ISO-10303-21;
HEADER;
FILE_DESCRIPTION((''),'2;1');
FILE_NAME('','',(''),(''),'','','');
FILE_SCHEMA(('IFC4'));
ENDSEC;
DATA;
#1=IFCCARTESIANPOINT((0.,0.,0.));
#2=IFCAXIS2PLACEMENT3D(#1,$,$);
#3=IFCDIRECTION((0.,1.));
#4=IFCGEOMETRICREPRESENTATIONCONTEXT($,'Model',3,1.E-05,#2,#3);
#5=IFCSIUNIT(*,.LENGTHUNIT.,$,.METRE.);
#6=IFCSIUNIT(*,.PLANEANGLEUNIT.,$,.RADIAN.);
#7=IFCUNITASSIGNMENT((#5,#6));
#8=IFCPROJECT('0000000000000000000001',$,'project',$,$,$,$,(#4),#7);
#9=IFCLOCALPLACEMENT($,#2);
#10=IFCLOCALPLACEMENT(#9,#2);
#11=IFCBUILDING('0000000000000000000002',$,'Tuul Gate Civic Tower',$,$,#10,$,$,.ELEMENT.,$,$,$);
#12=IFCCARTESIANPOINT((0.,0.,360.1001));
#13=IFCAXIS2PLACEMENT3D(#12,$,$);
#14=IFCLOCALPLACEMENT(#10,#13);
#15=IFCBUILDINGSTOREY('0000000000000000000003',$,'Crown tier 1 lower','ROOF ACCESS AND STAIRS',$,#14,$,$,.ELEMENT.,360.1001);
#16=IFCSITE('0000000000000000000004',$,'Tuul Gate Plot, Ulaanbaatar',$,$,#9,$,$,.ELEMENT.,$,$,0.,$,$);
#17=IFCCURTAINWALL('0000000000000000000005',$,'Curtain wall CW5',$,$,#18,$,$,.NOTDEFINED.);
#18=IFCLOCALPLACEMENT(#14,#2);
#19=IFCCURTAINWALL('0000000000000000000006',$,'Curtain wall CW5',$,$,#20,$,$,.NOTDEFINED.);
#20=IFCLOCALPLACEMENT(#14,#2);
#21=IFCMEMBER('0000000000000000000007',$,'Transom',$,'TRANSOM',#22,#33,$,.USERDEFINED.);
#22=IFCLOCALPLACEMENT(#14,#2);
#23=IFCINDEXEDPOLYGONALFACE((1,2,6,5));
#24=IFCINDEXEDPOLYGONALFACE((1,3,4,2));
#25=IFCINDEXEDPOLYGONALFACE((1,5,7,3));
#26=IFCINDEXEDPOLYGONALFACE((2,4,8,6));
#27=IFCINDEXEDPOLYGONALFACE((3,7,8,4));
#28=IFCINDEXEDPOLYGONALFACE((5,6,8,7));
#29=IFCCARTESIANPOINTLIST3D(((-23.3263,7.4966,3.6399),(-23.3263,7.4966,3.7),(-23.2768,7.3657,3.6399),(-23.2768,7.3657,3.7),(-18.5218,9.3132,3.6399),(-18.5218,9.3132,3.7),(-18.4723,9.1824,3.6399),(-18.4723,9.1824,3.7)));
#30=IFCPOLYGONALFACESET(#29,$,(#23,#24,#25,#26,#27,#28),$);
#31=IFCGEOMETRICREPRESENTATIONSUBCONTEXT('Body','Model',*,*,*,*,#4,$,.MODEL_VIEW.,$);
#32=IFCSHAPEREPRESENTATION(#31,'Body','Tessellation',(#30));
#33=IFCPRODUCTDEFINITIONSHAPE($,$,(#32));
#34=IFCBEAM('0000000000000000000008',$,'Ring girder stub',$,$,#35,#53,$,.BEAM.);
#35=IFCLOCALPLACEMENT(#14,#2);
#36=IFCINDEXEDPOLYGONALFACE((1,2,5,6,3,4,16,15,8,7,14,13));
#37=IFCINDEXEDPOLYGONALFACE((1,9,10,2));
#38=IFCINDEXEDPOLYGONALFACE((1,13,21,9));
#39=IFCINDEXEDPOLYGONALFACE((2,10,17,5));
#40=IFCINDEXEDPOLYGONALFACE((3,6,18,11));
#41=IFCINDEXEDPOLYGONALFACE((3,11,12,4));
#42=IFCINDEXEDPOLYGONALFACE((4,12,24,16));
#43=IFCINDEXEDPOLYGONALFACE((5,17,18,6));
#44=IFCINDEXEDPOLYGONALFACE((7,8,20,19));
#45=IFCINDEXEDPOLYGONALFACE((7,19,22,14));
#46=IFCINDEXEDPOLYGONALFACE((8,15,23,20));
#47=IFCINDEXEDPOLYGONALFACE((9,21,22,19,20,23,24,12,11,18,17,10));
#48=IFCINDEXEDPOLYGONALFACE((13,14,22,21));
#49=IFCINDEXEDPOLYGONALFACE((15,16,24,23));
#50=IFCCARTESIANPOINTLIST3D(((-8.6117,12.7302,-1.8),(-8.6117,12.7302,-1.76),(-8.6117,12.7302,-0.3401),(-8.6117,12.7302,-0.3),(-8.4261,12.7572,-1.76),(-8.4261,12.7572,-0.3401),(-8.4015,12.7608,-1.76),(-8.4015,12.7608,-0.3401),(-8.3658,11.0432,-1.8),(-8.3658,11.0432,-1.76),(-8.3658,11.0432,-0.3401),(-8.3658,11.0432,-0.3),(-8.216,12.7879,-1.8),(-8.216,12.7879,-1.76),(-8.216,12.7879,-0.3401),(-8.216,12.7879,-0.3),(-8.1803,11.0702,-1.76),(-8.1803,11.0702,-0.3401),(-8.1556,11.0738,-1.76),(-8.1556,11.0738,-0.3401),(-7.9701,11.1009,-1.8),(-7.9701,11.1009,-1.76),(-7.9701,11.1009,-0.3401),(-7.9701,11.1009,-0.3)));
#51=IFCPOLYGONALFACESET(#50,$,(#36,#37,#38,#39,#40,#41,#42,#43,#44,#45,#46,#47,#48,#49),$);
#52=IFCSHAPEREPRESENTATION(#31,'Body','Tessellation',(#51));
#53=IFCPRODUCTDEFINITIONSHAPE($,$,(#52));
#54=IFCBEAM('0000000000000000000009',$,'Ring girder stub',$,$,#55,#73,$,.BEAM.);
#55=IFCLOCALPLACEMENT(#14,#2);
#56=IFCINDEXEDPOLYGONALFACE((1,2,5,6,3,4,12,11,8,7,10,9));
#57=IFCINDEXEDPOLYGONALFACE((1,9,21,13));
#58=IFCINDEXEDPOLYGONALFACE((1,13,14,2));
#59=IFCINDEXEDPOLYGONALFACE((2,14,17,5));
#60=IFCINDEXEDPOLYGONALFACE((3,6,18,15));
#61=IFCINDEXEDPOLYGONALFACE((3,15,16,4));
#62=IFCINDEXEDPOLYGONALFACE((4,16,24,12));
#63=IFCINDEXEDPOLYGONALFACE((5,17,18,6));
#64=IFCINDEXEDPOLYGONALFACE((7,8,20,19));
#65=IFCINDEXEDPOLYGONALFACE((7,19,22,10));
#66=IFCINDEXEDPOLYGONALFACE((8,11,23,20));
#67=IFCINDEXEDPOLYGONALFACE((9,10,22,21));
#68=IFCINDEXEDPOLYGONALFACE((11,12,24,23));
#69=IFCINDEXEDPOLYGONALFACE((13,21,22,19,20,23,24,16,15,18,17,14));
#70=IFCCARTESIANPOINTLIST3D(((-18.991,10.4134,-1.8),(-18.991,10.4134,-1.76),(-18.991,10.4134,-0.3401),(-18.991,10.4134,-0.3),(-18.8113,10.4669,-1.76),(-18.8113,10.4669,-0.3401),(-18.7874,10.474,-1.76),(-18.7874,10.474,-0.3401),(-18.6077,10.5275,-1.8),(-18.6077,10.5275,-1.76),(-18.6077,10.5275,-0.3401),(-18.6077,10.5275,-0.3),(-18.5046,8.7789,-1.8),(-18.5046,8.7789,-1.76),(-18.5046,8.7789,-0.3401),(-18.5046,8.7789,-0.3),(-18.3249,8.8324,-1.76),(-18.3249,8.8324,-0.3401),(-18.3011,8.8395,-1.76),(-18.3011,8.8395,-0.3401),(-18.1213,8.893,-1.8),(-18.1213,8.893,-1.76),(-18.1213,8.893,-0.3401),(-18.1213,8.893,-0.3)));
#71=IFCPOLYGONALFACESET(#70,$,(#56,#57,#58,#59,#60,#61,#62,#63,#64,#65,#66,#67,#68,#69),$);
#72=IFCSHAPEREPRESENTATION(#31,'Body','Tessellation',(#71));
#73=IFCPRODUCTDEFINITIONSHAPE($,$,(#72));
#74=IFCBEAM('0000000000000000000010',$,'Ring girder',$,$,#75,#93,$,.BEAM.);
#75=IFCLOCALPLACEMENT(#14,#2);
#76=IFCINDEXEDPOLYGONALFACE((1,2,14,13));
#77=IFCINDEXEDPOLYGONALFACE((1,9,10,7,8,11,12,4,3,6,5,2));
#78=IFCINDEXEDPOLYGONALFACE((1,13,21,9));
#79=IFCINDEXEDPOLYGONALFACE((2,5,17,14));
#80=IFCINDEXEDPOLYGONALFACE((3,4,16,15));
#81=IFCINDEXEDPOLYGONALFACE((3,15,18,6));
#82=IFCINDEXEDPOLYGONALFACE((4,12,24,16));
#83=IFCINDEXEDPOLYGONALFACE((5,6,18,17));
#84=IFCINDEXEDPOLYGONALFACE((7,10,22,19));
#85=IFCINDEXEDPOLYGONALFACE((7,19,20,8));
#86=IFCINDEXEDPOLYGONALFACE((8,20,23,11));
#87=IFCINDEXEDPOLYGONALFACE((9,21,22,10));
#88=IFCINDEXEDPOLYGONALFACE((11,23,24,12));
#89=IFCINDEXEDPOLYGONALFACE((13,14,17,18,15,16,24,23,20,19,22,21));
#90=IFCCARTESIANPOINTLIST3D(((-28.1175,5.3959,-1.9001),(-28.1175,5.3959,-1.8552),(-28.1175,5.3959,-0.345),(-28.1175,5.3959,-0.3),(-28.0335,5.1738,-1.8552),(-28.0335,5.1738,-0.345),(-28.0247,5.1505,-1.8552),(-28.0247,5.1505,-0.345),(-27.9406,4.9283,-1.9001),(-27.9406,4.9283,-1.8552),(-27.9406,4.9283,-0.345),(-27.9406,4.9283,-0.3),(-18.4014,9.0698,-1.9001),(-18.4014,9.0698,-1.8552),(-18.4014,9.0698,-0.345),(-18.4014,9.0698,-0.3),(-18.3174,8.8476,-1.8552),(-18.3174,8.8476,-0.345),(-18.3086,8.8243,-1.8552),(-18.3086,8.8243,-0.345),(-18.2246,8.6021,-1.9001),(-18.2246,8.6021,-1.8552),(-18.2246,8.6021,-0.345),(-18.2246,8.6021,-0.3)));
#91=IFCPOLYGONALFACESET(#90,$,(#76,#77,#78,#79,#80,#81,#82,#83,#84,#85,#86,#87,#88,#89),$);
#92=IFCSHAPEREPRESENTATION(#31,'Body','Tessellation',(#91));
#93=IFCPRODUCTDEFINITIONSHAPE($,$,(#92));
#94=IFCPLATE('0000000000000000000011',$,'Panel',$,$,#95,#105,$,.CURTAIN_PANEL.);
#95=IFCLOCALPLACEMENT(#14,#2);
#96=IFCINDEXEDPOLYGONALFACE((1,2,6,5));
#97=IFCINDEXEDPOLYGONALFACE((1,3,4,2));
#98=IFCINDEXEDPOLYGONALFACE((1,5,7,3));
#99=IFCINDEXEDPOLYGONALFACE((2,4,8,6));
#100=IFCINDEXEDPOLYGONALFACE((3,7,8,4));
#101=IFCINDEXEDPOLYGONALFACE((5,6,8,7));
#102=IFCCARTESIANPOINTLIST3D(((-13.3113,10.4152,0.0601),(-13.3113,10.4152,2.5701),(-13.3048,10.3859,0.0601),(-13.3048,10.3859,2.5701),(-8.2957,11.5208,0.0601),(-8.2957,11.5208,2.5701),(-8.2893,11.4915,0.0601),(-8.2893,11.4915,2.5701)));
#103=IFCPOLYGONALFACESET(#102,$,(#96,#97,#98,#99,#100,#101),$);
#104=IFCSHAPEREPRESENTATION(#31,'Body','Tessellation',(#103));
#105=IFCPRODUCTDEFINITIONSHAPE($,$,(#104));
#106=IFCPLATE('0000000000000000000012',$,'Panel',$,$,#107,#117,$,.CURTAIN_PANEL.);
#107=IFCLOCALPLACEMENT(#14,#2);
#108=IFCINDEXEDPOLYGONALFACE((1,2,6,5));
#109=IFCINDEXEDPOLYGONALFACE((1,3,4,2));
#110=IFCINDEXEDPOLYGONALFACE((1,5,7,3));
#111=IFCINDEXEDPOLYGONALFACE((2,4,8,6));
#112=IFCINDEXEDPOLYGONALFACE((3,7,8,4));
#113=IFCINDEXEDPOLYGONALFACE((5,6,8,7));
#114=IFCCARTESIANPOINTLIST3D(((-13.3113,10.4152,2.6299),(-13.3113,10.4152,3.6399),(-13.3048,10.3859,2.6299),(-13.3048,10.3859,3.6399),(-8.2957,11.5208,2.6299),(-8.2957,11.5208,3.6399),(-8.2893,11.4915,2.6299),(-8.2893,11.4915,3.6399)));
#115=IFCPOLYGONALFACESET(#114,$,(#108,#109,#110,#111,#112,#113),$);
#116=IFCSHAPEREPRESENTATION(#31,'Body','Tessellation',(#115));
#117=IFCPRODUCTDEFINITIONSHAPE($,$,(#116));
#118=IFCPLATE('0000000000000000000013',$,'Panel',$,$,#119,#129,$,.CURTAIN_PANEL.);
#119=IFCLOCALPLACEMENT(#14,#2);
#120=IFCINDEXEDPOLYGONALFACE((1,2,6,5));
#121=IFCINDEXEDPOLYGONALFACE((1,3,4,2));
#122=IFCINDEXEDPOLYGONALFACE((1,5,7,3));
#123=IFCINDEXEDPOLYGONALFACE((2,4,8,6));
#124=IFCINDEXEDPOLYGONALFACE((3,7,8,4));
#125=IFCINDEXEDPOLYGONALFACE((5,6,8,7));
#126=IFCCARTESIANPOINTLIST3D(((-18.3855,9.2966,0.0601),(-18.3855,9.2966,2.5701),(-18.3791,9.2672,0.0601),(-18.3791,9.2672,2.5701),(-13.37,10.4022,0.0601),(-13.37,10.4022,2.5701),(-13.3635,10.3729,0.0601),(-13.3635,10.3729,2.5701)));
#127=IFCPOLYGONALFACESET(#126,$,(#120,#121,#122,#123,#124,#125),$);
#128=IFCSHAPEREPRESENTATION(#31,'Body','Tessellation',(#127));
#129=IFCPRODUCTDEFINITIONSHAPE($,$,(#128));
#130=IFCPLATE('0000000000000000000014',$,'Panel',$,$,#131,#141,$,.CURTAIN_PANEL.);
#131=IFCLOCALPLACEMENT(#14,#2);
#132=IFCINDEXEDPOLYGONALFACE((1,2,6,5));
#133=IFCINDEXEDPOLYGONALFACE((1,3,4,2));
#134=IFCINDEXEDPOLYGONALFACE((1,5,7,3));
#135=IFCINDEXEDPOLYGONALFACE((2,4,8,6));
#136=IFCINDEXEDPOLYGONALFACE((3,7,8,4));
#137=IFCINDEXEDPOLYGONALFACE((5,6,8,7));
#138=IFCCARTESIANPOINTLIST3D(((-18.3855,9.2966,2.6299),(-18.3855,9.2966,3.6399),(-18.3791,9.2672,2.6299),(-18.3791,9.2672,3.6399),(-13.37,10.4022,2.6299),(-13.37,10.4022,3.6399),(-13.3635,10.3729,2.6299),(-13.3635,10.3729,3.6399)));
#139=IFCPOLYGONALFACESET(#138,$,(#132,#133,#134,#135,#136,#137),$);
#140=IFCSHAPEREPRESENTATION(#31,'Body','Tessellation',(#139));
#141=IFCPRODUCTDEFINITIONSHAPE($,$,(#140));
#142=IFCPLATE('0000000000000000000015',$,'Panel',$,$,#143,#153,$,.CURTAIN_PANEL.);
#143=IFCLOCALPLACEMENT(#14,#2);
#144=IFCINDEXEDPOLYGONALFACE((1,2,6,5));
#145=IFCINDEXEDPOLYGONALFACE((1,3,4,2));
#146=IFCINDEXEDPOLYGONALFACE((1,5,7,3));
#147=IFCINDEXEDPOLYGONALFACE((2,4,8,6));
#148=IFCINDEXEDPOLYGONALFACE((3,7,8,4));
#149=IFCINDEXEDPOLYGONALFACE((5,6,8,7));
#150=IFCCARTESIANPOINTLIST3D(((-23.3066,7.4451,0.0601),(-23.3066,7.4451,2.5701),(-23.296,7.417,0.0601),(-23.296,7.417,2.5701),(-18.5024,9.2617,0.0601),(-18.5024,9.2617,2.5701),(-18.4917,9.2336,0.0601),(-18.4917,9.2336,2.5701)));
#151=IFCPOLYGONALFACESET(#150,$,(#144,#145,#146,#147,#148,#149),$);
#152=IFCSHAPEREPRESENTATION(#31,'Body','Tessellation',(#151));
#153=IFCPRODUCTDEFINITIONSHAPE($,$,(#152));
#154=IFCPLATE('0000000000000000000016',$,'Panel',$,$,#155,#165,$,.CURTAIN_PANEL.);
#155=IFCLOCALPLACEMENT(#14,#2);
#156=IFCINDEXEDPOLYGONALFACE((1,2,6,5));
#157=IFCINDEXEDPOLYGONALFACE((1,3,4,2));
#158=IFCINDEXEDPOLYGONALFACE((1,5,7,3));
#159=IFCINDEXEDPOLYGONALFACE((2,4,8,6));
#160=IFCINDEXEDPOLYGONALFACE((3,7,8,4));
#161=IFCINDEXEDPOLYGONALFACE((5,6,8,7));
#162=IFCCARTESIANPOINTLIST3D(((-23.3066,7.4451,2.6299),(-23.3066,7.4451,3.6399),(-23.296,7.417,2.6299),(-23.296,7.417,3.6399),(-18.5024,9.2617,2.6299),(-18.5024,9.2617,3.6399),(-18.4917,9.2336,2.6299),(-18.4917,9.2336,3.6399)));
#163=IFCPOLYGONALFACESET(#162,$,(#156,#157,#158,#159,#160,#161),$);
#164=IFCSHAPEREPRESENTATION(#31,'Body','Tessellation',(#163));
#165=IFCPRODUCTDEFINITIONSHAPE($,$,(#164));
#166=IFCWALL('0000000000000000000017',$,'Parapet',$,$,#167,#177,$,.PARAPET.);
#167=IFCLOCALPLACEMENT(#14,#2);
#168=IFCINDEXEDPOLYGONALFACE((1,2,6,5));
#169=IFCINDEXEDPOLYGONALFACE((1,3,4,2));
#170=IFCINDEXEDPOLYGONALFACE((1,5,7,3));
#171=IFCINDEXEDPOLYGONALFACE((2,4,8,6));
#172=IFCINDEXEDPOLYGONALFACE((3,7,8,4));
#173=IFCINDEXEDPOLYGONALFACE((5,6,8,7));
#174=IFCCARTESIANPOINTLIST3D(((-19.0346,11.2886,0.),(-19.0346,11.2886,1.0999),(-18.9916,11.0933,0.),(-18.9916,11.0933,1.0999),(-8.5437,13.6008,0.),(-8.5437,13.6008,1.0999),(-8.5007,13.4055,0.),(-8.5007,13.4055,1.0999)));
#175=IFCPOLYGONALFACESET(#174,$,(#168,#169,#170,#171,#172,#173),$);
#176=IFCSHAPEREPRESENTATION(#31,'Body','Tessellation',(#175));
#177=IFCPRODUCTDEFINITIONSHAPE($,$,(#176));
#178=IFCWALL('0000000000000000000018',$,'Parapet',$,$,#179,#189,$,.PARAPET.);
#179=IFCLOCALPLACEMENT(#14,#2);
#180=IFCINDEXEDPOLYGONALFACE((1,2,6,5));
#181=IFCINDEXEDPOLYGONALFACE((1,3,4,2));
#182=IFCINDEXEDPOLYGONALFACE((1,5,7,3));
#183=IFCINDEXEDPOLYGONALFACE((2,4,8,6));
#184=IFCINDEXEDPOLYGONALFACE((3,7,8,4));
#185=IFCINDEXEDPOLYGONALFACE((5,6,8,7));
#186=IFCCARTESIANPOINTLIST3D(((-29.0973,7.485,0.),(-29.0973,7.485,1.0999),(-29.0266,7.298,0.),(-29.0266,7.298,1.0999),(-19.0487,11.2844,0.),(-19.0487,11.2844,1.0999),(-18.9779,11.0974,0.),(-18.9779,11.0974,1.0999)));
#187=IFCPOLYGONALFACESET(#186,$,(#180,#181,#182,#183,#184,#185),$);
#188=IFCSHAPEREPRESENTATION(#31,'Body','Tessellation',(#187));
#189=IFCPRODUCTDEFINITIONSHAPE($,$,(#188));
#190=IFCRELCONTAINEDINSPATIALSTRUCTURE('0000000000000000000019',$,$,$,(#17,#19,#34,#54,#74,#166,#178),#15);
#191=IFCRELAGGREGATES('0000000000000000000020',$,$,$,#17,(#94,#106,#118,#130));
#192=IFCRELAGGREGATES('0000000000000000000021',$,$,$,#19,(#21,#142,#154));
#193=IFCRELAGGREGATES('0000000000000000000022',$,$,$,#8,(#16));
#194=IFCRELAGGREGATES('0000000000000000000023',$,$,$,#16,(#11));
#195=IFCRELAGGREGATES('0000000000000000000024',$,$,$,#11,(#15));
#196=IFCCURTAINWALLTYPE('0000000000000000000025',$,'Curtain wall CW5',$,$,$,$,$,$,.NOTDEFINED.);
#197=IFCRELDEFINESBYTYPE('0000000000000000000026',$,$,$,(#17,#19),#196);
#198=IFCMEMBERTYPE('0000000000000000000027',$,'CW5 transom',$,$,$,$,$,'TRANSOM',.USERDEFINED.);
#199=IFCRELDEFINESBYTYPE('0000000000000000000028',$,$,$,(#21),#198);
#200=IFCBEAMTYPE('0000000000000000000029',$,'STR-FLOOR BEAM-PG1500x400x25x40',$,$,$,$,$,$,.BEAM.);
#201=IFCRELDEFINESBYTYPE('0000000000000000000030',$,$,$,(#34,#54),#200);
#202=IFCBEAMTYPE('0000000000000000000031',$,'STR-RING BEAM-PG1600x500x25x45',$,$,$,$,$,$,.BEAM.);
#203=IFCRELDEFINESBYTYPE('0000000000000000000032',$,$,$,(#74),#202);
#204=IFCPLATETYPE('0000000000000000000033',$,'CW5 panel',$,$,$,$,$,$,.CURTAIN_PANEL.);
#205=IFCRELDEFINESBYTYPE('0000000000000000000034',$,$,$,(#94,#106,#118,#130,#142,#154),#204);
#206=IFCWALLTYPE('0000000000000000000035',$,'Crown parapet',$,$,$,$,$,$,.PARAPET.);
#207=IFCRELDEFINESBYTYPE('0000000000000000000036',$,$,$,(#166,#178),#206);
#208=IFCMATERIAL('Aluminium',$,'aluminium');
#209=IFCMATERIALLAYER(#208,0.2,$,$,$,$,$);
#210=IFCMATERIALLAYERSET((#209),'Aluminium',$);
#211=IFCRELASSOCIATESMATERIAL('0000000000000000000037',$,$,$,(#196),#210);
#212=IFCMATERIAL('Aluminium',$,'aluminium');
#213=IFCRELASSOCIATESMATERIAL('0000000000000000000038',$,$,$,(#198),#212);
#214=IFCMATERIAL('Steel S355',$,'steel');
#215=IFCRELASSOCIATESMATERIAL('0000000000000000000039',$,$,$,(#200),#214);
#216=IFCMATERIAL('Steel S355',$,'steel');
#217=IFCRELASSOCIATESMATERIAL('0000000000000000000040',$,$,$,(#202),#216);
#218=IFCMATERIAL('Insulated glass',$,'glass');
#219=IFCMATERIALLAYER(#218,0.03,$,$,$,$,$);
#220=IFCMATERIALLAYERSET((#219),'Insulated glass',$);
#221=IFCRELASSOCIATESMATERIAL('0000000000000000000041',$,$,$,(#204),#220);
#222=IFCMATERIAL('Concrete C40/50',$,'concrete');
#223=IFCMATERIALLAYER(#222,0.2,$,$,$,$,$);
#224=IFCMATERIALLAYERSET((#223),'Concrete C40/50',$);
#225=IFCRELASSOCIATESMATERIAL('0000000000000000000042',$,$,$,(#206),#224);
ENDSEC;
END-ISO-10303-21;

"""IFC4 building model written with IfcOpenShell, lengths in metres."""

from ifc_helpers import new_model, si_unit, direction, frame, frame_2d, origin, origin_2d, place, context, subcontext, project, spatial, rectangle, i_section, extrude, material, layer, layer_set, material_profile, profile_set, type_object, element, aggregate, save


model = new_model("IFC4")

# Units and contexts
model_context = context("Model", 3, precision=1e-05, world=origin(), true_north=direction((0.0, 1.0)))
body_context = subcontext(model_context, "Body", "Model", "MODEL_VIEW")
ifc_project = project(units=[si_unit("LENGTHUNIT", "METRE"), si_unit("PLANEANGLEUNIT", "RADIAN")], contexts=[model_context])

# Site, building, storey
site_placement = place(None, origin())
site = spatial("IfcSite", under=ifc_project, at=site_placement, Name="Tuul Gate Plot, Ulaanbaatar", CompositionType="ELEMENT", RefElevation=0.0)
building_placement = place(site_placement, origin())
building = spatial("IfcBuilding", under=site, at=building_placement, Name="Tuul Gate Civic Tower", CompositionType="ELEMENT")
storey_placement = place(building_placement, frame((0.0, 0.0, 360.1001)))
storey = spatial("IfcBuildingStorey", under=building, at=storey_placement, Name="Crown tier 1 lower", Description="ROOF ACCESS AND STAIRS", CompositionType="ELEMENT", Elevation=360.1001)

# Shared definitions
ifc_material_1 = material(Name="Aluminium", Category="aluminium")
ifc_layer_1 = layer(ifc_material_1, 0.2)
ifc_layer_set_1 = layer_set([ifc_layer_1], Name="Aluminium")
curtain_wall_type = type_object("IfcCurtainWallType", Name="Curtain wall CW5", PredefinedType="NOTDEFINED", material=ifc_layer_set_1)

# Curtain wall
curtain_wall_1_placement = place(storey_placement, origin())
curtain_wall_1 = element("IfcCurtainWall", 1, at=curtain_wall_1_placement, inside=storey, type_object=curtain_wall_type, Name="Curtain wall CW5", PredefinedType="NOTDEFINED")

# Curtain wall
curtain_wall_2_placement = place(storey_placement, origin())
curtain_wall_2 = element("IfcCurtainWall", 2, at=curtain_wall_2_placement, inside=storey, type_object=curtain_wall_type, Name="Curtain wall CW5", PredefinedType="NOTDEFINED")

# Member
ifc_material_2 = material(Name="Aluminium", Category="aluminium")
ifc_material_profile_1 = material_profile(ifc_material_2, rectangle(XDim=0.1399, YDim=0.0601, at=origin_2d()), Name="CW5 transom")
ifc_profile_set_1 = profile_set([ifc_material_profile_1], Name="Aluminium")
member_type_1 = type_object("IfcMemberType", Name="CW5 transom", ElementType="TRANSOM", PredefinedType="USERDEFINED", material=ifc_profile_set_1)
member_1_placement = place(storey_placement, frame((-18.4971, 9.2478, 3.6699), z_axis=(-0.935367, -0.35368, 0.0), x_axis=(0.35368, -0.935367, 0.0)))
member_1 = element("IfcMember", 3, at=member_1_placement, type_object=member_type_1, Name="Transom", ObjectType="TRANSOM", PredefinedType="USERDEFINED", context=body_context, shape_type="SweptSolid", body=[
    extrude(rectangle(XDim=0.1399, YDim=0.0601, at=origin_2d()), origin(), (0.0, 0.0, 1.0), 5.1365),
])

# Beams
ifc_material_3 = material(Name="Steel S355", Category="steel")
ifc_material_profile_2 = material_profile(ifc_material_3, i_section(OverallWidth=0.3999, OverallDepth=1.5, WebThickness=0.0249, FlangeThickness=0.04, at=origin_2d()), Name="PG1500x400x25x40")
ifc_profile_set_2 = profile_set([ifc_material_profile_2], Name="Steel S355")
beam_type_1 = type_object("IfcBeamType", Name="STR-FLOOR BEAM-PG1500x400x25x40", PredefinedType="BEAM", material=ifc_profile_set_2)
beam_1_placement = place(storey_placement, frame((-8.4138, 12.759, -1.05), z_axis=(0.144208, -0.989547, 0.0), x_axis=(0.989547, 0.144208, 0.0)))
element("IfcBeam", 4, at=beam_1_placement, inside=storey, type_object=beam_type_1, Name="Ring girder stub", PredefinedType="BEAM", context=body_context, shape_type="SweptSolid", body=[
    extrude(i_section(OverallWidth=0.3999, OverallDepth=1.5, WebThickness=0.0249, FlangeThickness=0.04, at=origin_2d()), origin(), (0.0, 0.0, 1.0), 1.7048),
])
beam_2_placement = place(storey_placement, frame((-18.7993, 10.4705, -1.05), z_axis=(0.28518, -0.958474, 0.0), x_axis=(0.958474, 0.28518, 0.0)))
element("IfcBeam", 5, at=beam_2_placement, inside=storey, type_object=beam_type_1, Name="Ring girder stub", PredefinedType="BEAM", context=body_context, shape_type="SweptSolid", body=[
    extrude(i_section(OverallWidth=0.3999, OverallDepth=1.5, WebThickness=0.0249, FlangeThickness=0.04, at=origin_2d()), origin(), (0.0, 0.0, 1.0), 1.7053),
])
ifc_material_4 = material(Name="Steel S355", Category="steel")
ifc_material_profile_3 = material_profile(ifc_material_4, i_section(OverallWidth=0.5, OverallDepth=1.6001, WebThickness=0.0249, FlangeThickness=0.0449, at=origin_2d()), Name="PG1600x500x25x45")
ifc_profile_set_3 = profile_set([ifc_material_profile_3], Name="Steel S355")
beam_type_2 = type_object("IfcBeamType", Name="STR-RING BEAM-PG1600x500x25x45", PredefinedType="BEAM", material=ifc_profile_set_3)
beam_3_placement = place(storey_placement, frame((-18.313, 8.8359, -1.1001), z_axis=(-0.935367, -0.35368, 0.0), x_axis=(0.35368, -0.935367, 0.0)))
element("IfcBeam", 6, at=beam_3_placement, inside=storey, type_object=beam_type_2, Name="Ring girder", PredefinedType="BEAM", context=body_context, shape_type="SweptSolid", body=[
    extrude(i_section(OverallWidth=0.5, OverallDepth=1.6001, WebThickness=0.0249, FlangeThickness=0.0449, at=origin_2d()), origin(), (0.0, 0.0, 1.0), 10.3875),
])

# Plates
ifc_material_5 = material(Name="Insulated glass", Category="glass")
ifc_layer_2 = layer(ifc_material_5, 0.03)
ifc_layer_set_2 = layer_set([ifc_layer_2], Name="Insulated glass")
plate_type = type_object("IfcPlateType", Name="CW5 panel", PredefinedType="CURTAIN_PANEL", material=ifc_layer_set_2)
plate_1_placement = place(storey_placement, frame((-10.8003, 10.9534, 0.0601), z_axis=(0.0, 0.0, 1.0), x_axis=(-0.976555, -0.215269, 0.0)))
plate_1 = element("IfcPlate", 7, at=plate_1_placement, type_object=plate_type, Name="Panel", PredefinedType="CURTAIN_PANEL", context=body_context, shape_type="SweptSolid", body=[
    extrude(rectangle(XDim=5.136, YDim=0.03, at=origin_2d()), origin(), (0.0, 0.0, 1.0), 2.51),
])
plate_2_placement = place(storey_placement, frame((-10.8003, 10.9534, 2.6299), z_axis=(0.0, 0.0, 1.0), x_axis=(-0.976555, -0.215269, 0.0)))
plate_2 = element("IfcPlate", 8, at=plate_2_placement, type_object=plate_type, Name="Panel", PredefinedType="CURTAIN_PANEL", context=body_context, shape_type="SweptSolid", body=[
    extrude(rectangle(XDim=5.136, YDim=0.03, at=origin_2d()), origin(), (0.0, 0.0, 1.0), 1.01),
])
plate_3_placement = place(storey_placement, frame((-15.8745, 9.8347, 0.0601), z_axis=(0.0, 0.0, 1.0), x_axis=(-0.976555, -0.215269, 0.0)))
plate_3 = element("IfcPlate", 9, at=plate_3_placement, type_object=plate_type, Name="Panel", PredefinedType="CURTAIN_PANEL", context=body_context, shape_type="SweptSolid", body=[
    extrude(rectangle(XDim=5.136, YDim=0.03, at=origin_2d()), origin(), (0.0, 0.0, 1.0), 2.51),
])
plate_4_placement = place(storey_placement, frame((-15.8745, 9.8347, 2.6299), z_axis=(0.0, 0.0, 1.0), x_axis=(-0.976555, -0.215269, 0.0)))
plate_4 = element("IfcPlate", 10, at=plate_4_placement, type_object=plate_type, Name="Panel", PredefinedType="CURTAIN_PANEL", context=body_context, shape_type="SweptSolid", body=[
    extrude(rectangle(XDim=5.136, YDim=0.03, at=origin_2d()), origin(), (0.0, 0.0, 1.0), 1.01),
])
aggregate(curtain_wall_1, [plate_1, plate_2, plate_3, plate_4])
plate_5_placement = place(storey_placement, frame((-20.8992, 8.3394, 0.0601), z_axis=(0.0, 0.0, 1.0), x_axis=(-0.935362, -0.353691, 0.0)))
plate_5 = element("IfcPlate", 11, at=plate_5_placement, type_object=plate_type, Name="Panel", PredefinedType="CURTAIN_PANEL", context=body_context, shape_type="SweptSolid", body=[
    extrude(rectangle(XDim=5.1362, YDim=0.03, at=origin_2d()), origin(), (0.0, 0.0, 1.0), 2.51),
])
plate_6_placement = place(storey_placement, frame((-20.8992, 8.3394, 2.6299), z_axis=(0.0, 0.0, 1.0), x_axis=(-0.935362, -0.353691, 0.0)))
plate_6 = element("IfcPlate", 12, at=plate_6_placement, type_object=plate_type, Name="Panel", PredefinedType="CURTAIN_PANEL", context=body_context, shape_type="SweptSolid", body=[
    extrude(rectangle(XDim=5.1362, YDim=0.03, at=origin_2d()), origin(), (0.0, 0.0, 1.0), 1.01),
])
aggregate(curtain_wall_2, [member_1, plate_5, plate_6])

# Walls
ifc_material_6 = material(Name="Concrete C40/50", Category="concrete")
ifc_layer_3 = layer(ifc_material_6, 0.2)
ifc_layer_set_3 = layer_set([ifc_layer_3], Name="Concrete C40/50")
wall_type_1 = type_object("IfcWallType", Name="Crown parapet", PredefinedType="PARAPET", material=ifc_layer_set_3)
wall_1_placement = place(storey_placement, frame((-8.5222, 13.5032, 0.0), z_axis=(0.0, 0.0, 1.0), x_axis=(-0.976562, -0.215239, 0.0)))
element("IfcWall", 13, at=wall_1_placement, inside=storey, type_object=wall_type_1, Name="Parapet", PredefinedType="PARAPET", context=body_context, shape_type="SweptSolid", body=[
    extrude(rectangle(XDim=10.7427, YDim=0.2, at=frame_2d((5.3713, 0.0))), origin(), (0.0, 0.0, 1.0), 1.0999),
])
wall_2_placement = place(storey_placement, frame((-19.0132, 11.1909, 0.0), z_axis=(0.0, 0.0, 1.0), x_axis=(-0.935374, -0.35366, 0.0)))
element("IfcWall", 14, at=wall_2_placement, inside=storey, type_object=wall_type_1, Name="Parapet", PredefinedType="PARAPET", context=body_context, shape_type="SweptSolid", body=[
    extrude(rectangle(XDim=10.7429, YDim=0.2, at=frame_2d((5.3716, 0.0))), origin(), (0.0, 0.0, 1.0), 1.0999),
])

save(model, "model.ifc")
